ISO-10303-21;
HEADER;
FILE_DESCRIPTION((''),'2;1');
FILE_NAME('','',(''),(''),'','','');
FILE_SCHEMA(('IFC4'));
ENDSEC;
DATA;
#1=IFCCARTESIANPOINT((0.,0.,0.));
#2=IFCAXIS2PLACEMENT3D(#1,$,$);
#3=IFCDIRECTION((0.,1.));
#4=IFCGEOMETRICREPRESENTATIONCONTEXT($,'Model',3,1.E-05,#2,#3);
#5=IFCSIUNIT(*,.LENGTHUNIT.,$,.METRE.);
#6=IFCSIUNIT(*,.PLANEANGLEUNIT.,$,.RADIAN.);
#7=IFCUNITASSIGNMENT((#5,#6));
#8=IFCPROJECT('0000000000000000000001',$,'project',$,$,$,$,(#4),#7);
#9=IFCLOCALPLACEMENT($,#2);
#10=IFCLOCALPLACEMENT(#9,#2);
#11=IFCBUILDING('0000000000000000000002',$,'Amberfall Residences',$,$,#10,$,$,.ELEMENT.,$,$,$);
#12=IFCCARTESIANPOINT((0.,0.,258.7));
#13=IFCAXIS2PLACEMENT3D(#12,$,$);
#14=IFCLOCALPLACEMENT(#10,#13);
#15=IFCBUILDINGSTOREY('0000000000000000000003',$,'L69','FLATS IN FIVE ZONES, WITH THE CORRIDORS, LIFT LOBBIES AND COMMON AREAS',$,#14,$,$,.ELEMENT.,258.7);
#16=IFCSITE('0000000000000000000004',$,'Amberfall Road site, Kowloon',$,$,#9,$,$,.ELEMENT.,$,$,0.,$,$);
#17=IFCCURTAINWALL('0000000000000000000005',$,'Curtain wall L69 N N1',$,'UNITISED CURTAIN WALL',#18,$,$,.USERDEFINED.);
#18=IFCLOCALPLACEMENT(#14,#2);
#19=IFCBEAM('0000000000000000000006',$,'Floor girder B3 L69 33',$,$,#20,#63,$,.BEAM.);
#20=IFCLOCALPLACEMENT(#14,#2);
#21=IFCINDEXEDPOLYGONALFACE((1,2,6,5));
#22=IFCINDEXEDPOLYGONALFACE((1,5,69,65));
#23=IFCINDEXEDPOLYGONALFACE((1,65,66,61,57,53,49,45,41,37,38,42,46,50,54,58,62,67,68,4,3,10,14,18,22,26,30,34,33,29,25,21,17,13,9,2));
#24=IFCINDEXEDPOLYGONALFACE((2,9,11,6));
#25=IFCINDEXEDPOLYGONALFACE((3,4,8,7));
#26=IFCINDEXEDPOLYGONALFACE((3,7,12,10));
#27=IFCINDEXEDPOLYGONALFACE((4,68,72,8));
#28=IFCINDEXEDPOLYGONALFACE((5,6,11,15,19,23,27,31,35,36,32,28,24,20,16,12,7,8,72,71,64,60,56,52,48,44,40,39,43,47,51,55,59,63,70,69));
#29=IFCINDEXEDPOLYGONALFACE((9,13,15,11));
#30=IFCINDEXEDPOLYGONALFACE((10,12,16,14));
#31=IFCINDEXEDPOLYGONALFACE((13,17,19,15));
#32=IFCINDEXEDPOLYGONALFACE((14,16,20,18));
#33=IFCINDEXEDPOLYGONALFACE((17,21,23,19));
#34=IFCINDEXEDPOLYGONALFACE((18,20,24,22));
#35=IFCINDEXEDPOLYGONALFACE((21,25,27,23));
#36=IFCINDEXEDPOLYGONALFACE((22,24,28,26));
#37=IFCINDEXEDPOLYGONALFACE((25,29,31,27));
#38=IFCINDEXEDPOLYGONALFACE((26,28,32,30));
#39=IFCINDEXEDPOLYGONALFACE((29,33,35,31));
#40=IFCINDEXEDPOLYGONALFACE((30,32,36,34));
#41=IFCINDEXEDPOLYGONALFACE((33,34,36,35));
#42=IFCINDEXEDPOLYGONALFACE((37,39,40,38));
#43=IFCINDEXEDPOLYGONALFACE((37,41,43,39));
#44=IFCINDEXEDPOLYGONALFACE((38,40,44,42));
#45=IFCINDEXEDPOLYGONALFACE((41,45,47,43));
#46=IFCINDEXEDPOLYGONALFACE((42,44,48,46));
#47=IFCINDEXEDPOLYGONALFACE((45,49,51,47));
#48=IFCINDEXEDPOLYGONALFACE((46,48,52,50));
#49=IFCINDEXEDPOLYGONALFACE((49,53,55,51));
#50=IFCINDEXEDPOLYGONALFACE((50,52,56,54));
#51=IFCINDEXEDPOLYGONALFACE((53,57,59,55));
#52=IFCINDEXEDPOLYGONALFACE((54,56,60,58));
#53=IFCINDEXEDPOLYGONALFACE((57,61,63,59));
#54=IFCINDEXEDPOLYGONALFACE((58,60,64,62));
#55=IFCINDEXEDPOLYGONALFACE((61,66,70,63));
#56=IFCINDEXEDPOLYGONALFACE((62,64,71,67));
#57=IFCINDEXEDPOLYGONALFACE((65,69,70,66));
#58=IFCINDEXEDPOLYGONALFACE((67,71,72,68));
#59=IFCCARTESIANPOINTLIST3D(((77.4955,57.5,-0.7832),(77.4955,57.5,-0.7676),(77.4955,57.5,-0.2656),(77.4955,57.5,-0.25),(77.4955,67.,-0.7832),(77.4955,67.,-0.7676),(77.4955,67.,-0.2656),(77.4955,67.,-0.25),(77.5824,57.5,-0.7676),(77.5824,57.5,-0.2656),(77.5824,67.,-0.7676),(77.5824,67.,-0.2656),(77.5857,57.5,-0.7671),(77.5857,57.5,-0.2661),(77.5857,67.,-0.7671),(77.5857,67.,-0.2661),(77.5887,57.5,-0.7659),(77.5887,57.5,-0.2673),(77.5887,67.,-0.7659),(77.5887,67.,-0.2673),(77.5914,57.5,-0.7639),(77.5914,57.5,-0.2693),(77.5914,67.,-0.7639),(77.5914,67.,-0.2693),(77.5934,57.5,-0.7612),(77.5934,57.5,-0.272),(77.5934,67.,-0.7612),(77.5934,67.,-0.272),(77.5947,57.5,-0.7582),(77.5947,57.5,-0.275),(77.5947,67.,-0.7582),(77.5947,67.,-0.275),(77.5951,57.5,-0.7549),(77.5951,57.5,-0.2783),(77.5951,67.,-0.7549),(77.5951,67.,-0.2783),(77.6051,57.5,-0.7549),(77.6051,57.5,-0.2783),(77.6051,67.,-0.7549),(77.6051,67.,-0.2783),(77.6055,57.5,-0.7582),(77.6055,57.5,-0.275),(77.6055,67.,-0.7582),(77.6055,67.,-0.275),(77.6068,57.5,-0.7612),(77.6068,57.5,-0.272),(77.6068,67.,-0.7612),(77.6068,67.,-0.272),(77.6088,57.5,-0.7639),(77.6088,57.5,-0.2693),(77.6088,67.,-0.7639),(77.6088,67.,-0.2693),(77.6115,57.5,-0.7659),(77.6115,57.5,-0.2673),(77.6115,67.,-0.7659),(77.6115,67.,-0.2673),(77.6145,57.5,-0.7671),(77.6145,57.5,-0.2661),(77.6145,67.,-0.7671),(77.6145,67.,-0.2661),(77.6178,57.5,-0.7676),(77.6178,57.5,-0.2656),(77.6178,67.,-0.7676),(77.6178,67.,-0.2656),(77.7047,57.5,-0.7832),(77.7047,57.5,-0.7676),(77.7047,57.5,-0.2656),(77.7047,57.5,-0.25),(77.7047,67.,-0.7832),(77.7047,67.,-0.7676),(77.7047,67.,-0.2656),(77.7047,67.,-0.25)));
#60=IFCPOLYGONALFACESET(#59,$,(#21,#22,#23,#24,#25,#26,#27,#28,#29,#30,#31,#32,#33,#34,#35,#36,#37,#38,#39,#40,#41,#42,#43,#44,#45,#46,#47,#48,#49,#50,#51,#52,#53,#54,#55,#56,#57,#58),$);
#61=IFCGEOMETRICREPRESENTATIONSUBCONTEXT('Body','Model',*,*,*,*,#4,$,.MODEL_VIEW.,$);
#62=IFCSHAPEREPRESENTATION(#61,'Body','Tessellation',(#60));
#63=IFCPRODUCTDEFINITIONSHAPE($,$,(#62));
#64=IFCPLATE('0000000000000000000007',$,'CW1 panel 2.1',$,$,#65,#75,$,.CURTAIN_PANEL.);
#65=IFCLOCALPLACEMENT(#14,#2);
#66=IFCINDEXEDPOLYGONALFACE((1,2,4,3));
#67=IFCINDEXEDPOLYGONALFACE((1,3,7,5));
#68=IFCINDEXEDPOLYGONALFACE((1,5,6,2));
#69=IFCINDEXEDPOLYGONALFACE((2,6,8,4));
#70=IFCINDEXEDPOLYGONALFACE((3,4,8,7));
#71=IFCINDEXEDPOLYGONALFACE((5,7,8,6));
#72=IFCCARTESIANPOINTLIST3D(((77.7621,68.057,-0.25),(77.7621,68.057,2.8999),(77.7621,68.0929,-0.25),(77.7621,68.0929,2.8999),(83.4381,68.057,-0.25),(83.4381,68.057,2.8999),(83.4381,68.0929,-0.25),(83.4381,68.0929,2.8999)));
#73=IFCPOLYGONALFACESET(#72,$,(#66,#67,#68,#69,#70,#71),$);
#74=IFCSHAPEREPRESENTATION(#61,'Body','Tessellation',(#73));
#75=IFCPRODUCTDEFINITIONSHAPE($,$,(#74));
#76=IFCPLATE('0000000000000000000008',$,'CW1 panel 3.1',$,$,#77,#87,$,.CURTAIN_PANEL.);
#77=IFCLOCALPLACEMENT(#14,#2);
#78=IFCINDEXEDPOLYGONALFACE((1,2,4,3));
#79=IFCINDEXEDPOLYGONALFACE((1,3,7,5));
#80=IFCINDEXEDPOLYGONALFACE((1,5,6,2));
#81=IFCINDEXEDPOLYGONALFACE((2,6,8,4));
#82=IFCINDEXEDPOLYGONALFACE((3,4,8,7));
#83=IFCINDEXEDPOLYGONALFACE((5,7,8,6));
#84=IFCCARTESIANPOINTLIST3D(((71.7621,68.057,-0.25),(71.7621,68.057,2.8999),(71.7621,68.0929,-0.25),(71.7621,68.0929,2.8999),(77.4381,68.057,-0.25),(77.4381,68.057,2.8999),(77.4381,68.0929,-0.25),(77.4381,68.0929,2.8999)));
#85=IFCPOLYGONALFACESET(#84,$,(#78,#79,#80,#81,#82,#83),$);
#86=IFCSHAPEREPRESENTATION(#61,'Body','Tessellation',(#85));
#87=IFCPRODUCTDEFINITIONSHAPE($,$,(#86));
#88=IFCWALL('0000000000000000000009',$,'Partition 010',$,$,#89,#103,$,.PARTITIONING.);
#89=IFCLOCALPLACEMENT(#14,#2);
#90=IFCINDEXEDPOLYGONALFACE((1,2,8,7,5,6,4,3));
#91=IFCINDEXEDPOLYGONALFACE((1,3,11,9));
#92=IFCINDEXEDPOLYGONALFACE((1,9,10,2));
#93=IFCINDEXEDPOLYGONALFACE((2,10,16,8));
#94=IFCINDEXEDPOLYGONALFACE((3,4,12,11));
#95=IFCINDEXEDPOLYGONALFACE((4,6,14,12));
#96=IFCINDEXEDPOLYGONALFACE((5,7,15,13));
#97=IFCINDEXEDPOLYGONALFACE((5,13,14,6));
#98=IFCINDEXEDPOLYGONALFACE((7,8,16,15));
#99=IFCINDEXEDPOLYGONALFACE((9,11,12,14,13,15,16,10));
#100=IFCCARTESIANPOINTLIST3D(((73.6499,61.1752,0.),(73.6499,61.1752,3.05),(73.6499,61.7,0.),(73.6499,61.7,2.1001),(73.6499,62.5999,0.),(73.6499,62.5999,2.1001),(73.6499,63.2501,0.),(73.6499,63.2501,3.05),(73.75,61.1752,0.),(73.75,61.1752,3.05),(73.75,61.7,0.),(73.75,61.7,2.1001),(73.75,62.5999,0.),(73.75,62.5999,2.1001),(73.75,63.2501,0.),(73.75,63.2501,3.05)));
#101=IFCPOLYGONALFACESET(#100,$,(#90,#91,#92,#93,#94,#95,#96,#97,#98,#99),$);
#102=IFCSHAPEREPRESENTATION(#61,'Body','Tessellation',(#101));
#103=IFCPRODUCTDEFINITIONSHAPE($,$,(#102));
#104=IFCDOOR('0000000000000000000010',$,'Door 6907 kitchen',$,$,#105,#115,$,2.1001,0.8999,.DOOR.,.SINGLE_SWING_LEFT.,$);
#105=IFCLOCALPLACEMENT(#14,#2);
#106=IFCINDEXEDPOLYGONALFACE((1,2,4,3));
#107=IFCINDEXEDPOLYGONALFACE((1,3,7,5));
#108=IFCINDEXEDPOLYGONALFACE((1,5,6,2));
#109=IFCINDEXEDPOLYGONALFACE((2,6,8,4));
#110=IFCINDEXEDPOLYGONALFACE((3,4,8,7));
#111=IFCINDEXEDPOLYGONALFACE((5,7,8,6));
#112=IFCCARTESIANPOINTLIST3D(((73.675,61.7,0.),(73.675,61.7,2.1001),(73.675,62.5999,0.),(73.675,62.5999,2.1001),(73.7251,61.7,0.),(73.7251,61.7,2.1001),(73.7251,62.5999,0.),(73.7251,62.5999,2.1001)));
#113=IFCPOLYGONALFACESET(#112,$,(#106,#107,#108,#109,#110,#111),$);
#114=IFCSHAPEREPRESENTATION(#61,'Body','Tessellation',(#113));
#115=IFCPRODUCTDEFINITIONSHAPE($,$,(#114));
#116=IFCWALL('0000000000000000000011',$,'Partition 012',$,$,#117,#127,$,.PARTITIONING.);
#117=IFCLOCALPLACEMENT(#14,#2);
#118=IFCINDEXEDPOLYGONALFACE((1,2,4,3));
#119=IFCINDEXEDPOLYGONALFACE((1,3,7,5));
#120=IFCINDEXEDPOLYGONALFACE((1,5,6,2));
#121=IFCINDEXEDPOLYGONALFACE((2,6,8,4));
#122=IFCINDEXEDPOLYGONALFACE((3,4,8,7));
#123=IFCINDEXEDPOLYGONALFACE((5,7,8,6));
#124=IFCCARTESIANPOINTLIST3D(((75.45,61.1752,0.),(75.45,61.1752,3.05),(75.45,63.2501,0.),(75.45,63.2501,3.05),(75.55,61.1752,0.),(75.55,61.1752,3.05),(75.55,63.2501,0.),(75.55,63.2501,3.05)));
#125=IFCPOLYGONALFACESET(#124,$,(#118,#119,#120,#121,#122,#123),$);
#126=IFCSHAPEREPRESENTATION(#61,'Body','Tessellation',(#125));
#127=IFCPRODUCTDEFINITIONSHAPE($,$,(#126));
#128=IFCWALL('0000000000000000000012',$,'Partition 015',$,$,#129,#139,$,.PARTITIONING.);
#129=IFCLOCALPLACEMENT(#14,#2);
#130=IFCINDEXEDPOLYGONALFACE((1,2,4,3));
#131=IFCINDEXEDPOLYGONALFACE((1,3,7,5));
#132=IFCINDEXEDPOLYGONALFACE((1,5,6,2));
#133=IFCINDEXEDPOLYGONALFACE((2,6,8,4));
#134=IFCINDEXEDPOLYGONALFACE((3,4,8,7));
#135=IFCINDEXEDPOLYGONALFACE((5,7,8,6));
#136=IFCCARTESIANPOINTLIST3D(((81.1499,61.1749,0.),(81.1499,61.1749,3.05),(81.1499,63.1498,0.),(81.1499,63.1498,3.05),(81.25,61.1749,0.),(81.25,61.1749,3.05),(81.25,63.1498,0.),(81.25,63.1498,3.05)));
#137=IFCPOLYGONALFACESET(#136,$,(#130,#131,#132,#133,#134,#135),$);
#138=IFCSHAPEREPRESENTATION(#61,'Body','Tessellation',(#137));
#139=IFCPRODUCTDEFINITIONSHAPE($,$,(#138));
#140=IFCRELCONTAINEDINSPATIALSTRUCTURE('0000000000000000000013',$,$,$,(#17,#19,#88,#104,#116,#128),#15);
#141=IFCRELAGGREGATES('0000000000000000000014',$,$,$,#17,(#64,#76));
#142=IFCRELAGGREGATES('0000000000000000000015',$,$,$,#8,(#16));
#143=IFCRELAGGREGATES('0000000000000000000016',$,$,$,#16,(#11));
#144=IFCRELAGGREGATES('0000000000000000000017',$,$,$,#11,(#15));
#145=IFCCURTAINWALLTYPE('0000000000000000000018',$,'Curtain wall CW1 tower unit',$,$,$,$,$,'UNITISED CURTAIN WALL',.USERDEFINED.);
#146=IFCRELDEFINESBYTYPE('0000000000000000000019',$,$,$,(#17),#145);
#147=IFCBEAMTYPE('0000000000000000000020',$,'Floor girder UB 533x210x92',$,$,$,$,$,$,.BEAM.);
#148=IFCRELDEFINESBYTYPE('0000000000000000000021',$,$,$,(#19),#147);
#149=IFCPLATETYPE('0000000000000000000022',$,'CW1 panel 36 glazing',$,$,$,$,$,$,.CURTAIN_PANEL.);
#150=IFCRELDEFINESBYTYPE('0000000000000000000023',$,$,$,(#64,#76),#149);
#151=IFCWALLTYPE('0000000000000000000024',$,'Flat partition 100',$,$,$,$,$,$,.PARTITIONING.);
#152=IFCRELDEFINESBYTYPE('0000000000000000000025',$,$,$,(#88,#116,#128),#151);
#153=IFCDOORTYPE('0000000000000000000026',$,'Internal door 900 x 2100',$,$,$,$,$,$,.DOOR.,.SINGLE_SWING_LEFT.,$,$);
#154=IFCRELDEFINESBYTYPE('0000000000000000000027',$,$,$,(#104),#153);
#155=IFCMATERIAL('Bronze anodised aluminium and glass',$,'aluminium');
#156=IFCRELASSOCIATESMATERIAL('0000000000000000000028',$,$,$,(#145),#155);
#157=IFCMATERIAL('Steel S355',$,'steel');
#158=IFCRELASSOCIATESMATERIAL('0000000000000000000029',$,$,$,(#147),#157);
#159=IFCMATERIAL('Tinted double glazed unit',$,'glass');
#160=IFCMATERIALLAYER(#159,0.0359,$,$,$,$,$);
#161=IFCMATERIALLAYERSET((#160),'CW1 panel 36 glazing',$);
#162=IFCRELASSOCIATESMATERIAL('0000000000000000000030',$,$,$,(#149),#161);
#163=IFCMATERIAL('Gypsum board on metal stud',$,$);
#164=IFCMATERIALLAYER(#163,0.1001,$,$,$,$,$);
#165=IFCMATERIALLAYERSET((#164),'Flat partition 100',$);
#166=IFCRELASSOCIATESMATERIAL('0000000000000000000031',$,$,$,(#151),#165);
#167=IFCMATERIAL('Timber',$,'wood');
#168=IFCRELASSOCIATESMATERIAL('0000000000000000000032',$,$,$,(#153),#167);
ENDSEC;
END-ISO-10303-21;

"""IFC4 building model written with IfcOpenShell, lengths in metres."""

from ifc_helpers import new_model, si_unit, direction, frame, frame_2d, origin, origin_2d, place, context, subcontext, project, spatial, rectangle, i_section, extrude, material, layer, layer_set, material_profile, profile_set, type_object, element, fill, aggregate, save


model = new_model("IFC4")

# Units and contexts
model_context = context("Model", 3, precision=1e-05, world=origin(), true_north=direction((0.0, 1.0)))
body_context = subcontext(model_context, "Body", "Model", "MODEL_VIEW")
ifc_project = project(units=[si_unit("LENGTHUNIT", "METRE"), si_unit("PLANEANGLEUNIT", "RADIAN")], contexts=[model_context])

# Site, building, storey
site_placement = place(None, origin())
site = spatial("IfcSite", under=ifc_project, at=site_placement, Name="Amberfall Road site, Kowloon", CompositionType="ELEMENT", RefElevation=0.0)
building_placement = place(site_placement, origin())
building = spatial("IfcBuilding", under=site, at=building_placement, Name="Amberfall Residences", CompositionType="ELEMENT")
storey_placement = place(building_placement, frame((0.0, 0.0, 258.7)))
storey = spatial("IfcBuildingStorey", under=building, at=storey_placement, Name="L69", Description="FLATS IN FIVE ZONES, WITH THE CORRIDORS, LIFT LOBBIES AND COMMON AREAS", CompositionType="ELEMENT", Elevation=258.7)

# Curtain wall
ifc_material_1 = material(Name="Bronze anodised aluminium and glass", Category="aluminium")
curtain_wall_type = type_object("IfcCurtainWallType", Name="Curtain wall CW1 tower unit", ElementType="UNITISED CURTAIN WALL", PredefinedType="USERDEFINED", material=ifc_material_1)
curtain_wall_placement = place(storey_placement, origin())
curtain_wall = element("IfcCurtainWall", 1, at=curtain_wall_placement, inside=storey, type_object=curtain_wall_type, Name="Curtain wall L69 N N1", ObjectType="UNITISED CURTAIN WALL", PredefinedType="USERDEFINED")

# Shared definitions
ifc_material_2 = material(Name="Steel S355", Category="steel")

# Beam
ifc_material_profile_1 = material_profile(ifc_material_2, i_section(OverallWidth=0.2092, OverallDepth=0.5332, WebThickness=0.01, FlangeThickness=0.0156, FilletRadius=0.0127, at=origin_2d()), Name="UB 533x210x92")
ifc_profile_set_1 = profile_set([ifc_material_profile_1], Name="Steel S355")
beam_type_1 = type_object("IfcBeamType", Name="Floor girder UB 533x210x92", PredefinedType="BEAM", material=ifc_profile_set_1)
beam_placement = place(storey_placement, frame((77.6001, 67.0, -0.5166), z_axis=(0.0, -1.0, 0.0), x_axis=(1.0, 0.0, 0.0)))
element("IfcBeam", 2, at=beam_placement, inside=storey, type_object=beam_type_1, Name="Floor girder B3 L69 33", PredefinedType="BEAM", context=body_context, shape_type="SweptSolid", body=[
    extrude(i_section(OverallWidth=0.2092, OverallDepth=0.5332, WebThickness=0.01, FlangeThickness=0.0156, FilletRadius=0.0127, at=origin_2d()), origin(), (0.0, 0.0, 1.0), 9.5),
])

# Plates
ifc_material_3 = material(Name="Tinted double glazed unit", Category="glass")
ifc_layer_1 = layer(ifc_material_3, 0.0359)
ifc_layer_set_1 = layer_set([ifc_layer_1], Name="CW1 panel 36 glazing")
plate_type = type_object("IfcPlateType", Name="CW1 panel 36 glazing", PredefinedType="CURTAIN_PANEL", material=ifc_layer_set_1)
plate_1_placement = place(storey_placement, frame((80.6001, 68.075, -0.25), z_axis=(0.0, 0.0, 1.0), x_axis=(-1.0, 0.0, 0.0)))
plate_1 = element("IfcPlate", 3, at=plate_1_placement, type_object=plate_type, Name="CW1 panel 2.1", PredefinedType="CURTAIN_PANEL", context=body_context, shape_type="SweptSolid", body=[
    extrude(rectangle(XDim=5.676, YDim=0.0359, at=origin_2d()), origin(), (0.0, 0.0, 1.0), 3.1499),
])
plate_2_placement = place(storey_placement, frame((74.6001, 68.075, -0.25), z_axis=(0.0, 0.0, 1.0), x_axis=(-1.0, 0.0, 0.0)))
plate_2 = element("IfcPlate", 4, at=plate_2_placement, type_object=plate_type, Name="CW1 panel 3.1", PredefinedType="CURTAIN_PANEL", context=body_context, shape_type="SweptSolid", body=[
    extrude(rectangle(XDim=5.676, YDim=0.0359, at=origin_2d()), origin(), (0.0, 0.0, 1.0), 3.1499),
])
aggregate(curtain_wall, [plate_1, plate_2])

# Wall, opening, door
ifc_material_4 = material(Name="Gypsum board on metal stud")
ifc_layer_2 = layer(ifc_material_4, 0.1001)
ifc_layer_set_2 = layer_set([ifc_layer_2], Name="Flat partition 100")
wall_type_1 = type_object("IfcWallType", Name="Flat partition 100", PredefinedType="PARTITIONING", material=ifc_layer_set_2)
wall_1_placement = place(storey_placement, frame((73.7, 61.175, 0.0), z_axis=(0.0, 0.0, 1.0), x_axis=(0.0, 1.0, 0.0)))
wall_1 = element("IfcWall", 5, at=wall_1_placement, inside=storey, type_object=wall_type_1, Name="Partition 010", PredefinedType="PARTITIONING", context=body_context, shape_type="SweptSolid", body=[
    extrude(rectangle(XDim=2.075, YDim=0.1001, at=frame_2d((1.0376, 0.0))), origin(), (0.0, 0.0, 1.0), 3.05),
])
opening_1_placement = place(wall_1_placement, frame((0.5249, 0.0, 0.0)))
opening_1 = element("IfcOpeningElement", 6, at=opening_1_placement, cuts=wall_1, PredefinedType="OPENING", context=body_context, shape_type="SweptSolid", body=[
    extrude(rectangle(XDim=0.8999, YDim=2.1001, at=frame_2d((0.45, 1.05))), frame((0.0, 0.0601, 0.0), z_axis=(0.0, -1.0, 0.0), x_axis=(1.0, 0.0, 0.0)), (0.0, 0.0, 1.0), 0.1201),
])
ifc_material_5 = material(Name="Timber", Category="wood")
door_type_1 = type_object("IfcDoorType", Name="Internal door 900 x 2100", OperationType="SINGLE_SWING_LEFT", PredefinedType="DOOR", material=ifc_material_5)
door_1_placement = place(opening_1_placement, origin())
door_1 = element("IfcDoor", 7, at=door_1_placement, inside=storey, type_object=door_type_1, Name="Door 6907 kitchen", OperationType="SINGLE_SWING_LEFT", OverallHeight=2.1001, OverallWidth=0.8999, PredefinedType="DOOR", context=body_context, shape_type="SweptSolid", body=[
    extrude(rectangle(XDim=0.8999, YDim=2.1001, at=frame_2d((0.45, 1.05))), frame((0.0, 0.0249, 0.0), z_axis=(0.0, -1.0, 0.0), x_axis=(1.0, 0.0, 0.0)), (0.0, 0.0, 1.0), 0.05),
])
fill(opening_1, door_1)

# Walls
wall_2_placement = place(storey_placement, frame((75.5, 61.175, 0.0), z_axis=(0.0, 0.0, 1.0), x_axis=(0.0, 1.0, 0.0)))
element("IfcWall", 8, at=wall_2_placement, inside=storey, type_object=wall_type_1, Name="Partition 012", PredefinedType="PARTITIONING", context=body_context, shape_type="SweptSolid", body=[
    extrude(rectangle(XDim=2.075, YDim=0.1001, at=frame_2d((1.0376, 0.0))), origin(), (0.0, 0.0, 1.0), 3.05),
])
wall_3_placement = place(storey_placement, frame((81.2, 61.175, 0.0), z_axis=(0.0, 0.0, 1.0), x_axis=(0.0, 1.0, 0.0)))
element("IfcWall", 9, at=wall_3_placement, inside=storey, type_object=wall_type_1, Name="Partition 015", PredefinedType="PARTITIONING", context=body_context, shape_type="SweptSolid", body=[
    extrude(rectangle(XDim=1.9749, YDim=0.1001, at=frame_2d((0.9873, 0.0))), origin(), (0.0, 0.0, 1.0), 3.05),
])

save(model, "model.ifc")
